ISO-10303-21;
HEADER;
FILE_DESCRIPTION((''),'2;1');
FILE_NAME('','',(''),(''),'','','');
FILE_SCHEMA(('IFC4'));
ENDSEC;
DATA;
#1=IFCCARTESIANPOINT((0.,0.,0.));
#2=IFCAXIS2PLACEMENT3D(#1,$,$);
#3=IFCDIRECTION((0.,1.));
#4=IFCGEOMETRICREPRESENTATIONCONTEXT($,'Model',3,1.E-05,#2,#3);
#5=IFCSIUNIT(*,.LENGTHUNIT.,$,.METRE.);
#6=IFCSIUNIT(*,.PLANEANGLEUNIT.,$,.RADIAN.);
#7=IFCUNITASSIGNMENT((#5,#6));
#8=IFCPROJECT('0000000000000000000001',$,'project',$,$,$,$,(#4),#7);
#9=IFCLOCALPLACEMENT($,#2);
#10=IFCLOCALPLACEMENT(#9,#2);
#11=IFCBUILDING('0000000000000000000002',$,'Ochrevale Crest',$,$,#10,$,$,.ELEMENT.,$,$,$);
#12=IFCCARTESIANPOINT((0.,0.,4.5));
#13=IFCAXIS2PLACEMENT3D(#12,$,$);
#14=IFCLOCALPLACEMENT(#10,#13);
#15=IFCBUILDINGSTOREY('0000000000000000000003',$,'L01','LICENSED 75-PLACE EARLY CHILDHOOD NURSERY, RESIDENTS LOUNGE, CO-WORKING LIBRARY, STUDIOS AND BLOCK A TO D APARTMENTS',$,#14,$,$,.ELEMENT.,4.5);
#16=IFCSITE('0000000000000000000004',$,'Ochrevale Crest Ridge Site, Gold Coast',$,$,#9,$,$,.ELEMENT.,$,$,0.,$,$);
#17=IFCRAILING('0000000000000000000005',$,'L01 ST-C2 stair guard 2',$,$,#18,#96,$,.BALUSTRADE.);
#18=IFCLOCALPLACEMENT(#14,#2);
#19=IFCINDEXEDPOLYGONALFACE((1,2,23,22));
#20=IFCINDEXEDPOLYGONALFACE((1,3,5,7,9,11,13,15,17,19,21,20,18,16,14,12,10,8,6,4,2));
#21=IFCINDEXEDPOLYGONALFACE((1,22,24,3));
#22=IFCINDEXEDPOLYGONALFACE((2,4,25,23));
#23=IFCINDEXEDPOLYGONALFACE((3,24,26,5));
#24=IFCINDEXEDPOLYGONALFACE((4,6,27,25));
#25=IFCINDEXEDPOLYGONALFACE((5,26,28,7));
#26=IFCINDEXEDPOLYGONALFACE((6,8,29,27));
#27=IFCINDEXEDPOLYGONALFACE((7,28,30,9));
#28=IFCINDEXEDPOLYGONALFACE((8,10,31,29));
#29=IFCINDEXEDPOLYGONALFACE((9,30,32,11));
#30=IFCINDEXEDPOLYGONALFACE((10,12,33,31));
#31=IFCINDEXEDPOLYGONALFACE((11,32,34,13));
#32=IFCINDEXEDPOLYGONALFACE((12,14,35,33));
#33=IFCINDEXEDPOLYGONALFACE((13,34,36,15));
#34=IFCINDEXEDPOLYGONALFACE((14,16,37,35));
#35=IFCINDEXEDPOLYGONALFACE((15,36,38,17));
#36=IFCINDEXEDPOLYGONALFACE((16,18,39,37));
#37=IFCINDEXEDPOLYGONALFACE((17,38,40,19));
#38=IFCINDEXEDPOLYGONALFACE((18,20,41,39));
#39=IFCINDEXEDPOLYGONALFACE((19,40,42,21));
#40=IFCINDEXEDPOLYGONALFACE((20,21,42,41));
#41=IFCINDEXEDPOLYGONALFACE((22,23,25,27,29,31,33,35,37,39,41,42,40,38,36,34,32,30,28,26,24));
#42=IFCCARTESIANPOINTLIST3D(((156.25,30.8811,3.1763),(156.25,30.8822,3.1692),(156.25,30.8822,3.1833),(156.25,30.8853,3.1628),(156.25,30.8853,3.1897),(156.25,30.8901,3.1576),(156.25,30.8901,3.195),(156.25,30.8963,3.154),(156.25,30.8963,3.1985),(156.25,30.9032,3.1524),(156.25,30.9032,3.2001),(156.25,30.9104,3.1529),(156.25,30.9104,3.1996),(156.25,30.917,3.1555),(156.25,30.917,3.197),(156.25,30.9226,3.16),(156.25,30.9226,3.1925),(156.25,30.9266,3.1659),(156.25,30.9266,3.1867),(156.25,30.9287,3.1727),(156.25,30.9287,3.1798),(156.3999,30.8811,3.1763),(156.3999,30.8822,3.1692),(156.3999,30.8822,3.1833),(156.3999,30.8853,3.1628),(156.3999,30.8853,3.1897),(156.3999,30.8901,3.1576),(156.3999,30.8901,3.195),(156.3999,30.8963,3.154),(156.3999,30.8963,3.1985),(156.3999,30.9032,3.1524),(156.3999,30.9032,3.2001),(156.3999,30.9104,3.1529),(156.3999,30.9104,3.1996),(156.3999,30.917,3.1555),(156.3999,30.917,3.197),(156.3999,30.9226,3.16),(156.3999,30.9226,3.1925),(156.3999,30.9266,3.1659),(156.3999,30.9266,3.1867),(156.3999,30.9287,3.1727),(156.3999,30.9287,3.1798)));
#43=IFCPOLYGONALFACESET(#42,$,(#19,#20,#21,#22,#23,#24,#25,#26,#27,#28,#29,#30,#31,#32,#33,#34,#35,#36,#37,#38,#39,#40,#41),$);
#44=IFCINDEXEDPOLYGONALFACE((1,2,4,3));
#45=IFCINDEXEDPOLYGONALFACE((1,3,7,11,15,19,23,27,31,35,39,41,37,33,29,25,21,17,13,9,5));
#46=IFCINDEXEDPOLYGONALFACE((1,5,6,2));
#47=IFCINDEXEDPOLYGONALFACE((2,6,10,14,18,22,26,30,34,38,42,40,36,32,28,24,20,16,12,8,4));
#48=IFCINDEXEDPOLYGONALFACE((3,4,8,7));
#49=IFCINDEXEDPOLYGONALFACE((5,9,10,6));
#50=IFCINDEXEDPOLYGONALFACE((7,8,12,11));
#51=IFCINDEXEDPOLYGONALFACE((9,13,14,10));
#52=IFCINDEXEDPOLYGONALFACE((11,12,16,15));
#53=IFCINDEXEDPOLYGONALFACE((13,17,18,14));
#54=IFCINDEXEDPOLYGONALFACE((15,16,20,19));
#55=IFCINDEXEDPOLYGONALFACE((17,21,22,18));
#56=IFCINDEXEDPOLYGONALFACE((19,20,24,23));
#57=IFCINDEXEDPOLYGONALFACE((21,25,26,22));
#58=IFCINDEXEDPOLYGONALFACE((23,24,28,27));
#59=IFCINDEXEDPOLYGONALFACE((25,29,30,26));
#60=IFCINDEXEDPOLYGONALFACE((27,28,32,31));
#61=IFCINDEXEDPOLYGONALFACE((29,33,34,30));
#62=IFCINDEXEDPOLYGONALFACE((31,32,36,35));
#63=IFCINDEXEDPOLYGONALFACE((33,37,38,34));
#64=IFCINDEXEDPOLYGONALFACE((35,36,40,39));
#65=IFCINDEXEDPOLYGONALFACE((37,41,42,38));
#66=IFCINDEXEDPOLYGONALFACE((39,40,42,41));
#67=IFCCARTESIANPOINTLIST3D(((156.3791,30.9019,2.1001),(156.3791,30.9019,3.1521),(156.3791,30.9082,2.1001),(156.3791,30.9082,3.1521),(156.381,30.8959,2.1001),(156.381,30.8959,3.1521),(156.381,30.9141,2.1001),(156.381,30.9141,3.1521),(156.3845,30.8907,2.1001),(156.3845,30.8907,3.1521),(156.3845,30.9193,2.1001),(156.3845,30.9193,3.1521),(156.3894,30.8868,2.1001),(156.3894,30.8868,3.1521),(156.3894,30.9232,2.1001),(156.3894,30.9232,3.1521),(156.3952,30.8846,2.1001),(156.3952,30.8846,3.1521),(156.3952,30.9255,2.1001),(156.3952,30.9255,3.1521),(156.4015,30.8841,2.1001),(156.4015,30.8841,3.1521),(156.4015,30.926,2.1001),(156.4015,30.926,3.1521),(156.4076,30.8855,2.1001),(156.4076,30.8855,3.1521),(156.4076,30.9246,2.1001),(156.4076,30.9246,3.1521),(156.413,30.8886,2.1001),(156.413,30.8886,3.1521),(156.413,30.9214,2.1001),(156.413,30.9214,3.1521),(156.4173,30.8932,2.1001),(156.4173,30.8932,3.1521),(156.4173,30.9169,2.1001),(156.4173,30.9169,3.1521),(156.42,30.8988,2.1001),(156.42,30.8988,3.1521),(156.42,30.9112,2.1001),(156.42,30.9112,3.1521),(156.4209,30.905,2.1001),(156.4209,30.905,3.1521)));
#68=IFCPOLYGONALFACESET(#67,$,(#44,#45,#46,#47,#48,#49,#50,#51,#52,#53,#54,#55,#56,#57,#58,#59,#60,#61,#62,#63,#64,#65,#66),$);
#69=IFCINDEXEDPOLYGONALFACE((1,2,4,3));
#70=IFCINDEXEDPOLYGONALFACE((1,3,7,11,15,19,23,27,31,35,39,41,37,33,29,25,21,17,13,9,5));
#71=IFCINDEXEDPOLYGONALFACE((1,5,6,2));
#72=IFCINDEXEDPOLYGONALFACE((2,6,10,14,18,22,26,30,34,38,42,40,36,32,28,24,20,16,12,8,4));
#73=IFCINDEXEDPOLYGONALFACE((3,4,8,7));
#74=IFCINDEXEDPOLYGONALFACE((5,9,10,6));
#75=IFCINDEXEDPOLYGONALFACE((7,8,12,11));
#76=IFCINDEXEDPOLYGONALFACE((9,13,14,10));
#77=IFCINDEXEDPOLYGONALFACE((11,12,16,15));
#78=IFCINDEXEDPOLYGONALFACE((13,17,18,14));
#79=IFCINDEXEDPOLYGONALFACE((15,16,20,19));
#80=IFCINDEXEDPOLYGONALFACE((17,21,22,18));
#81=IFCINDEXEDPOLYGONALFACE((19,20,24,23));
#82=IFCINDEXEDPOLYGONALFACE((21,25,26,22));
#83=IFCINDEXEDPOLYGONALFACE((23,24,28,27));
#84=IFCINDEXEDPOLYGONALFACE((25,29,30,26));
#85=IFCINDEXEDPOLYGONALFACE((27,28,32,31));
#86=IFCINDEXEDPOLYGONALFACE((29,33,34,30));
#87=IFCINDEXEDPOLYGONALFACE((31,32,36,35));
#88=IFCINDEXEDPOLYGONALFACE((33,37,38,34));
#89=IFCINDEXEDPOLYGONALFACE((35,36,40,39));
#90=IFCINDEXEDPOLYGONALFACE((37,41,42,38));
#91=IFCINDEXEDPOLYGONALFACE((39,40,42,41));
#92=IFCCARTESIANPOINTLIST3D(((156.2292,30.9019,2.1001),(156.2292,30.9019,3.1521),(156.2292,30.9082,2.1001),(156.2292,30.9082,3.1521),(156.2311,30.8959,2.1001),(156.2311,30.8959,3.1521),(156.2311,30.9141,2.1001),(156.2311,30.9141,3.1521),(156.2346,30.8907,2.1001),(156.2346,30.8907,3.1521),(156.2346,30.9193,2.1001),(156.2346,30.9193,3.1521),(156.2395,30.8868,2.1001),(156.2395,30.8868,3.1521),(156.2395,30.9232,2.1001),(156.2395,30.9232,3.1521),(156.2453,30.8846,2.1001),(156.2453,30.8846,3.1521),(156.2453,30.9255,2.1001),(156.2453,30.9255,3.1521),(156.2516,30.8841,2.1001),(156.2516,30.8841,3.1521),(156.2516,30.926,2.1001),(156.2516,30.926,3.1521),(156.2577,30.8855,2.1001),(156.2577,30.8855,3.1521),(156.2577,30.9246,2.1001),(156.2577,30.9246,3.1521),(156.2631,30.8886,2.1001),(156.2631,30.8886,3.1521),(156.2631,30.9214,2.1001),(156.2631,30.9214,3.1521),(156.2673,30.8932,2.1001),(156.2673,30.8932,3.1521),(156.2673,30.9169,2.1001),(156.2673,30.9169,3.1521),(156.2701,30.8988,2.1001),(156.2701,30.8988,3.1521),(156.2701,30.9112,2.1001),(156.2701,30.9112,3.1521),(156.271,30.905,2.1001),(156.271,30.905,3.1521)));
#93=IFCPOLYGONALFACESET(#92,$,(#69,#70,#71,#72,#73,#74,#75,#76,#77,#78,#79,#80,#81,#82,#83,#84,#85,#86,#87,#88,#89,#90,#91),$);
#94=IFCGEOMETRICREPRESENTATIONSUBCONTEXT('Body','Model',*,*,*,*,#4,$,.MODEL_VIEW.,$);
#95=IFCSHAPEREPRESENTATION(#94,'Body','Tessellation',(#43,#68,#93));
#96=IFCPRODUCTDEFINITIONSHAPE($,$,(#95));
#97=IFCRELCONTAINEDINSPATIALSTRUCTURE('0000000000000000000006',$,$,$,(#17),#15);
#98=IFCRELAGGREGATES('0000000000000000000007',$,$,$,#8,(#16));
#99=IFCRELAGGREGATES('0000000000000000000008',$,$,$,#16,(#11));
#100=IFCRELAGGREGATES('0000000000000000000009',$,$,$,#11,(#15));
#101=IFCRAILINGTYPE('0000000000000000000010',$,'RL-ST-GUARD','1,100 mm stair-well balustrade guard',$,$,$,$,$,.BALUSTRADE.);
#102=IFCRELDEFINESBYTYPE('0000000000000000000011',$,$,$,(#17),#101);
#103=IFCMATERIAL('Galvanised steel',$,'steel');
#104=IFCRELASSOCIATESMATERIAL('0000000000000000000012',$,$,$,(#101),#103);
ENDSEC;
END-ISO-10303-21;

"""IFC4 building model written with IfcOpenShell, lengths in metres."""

from ifc_helpers import new_model, si_unit, direction, frame, origin, origin_2d, place, context, subcontext, project, spatial, circle, extrude, material, type_object, element, save


model = new_model("IFC4")

# Units and contexts
model_context = context("Model", 3, precision=1e-05, world=origin(), true_north=direction((0.0, 1.0)))
body_context = subcontext(model_context, "Body", "Model", "MODEL_VIEW")
ifc_project = project(units=[si_unit("LENGTHUNIT", "METRE"), si_unit("PLANEANGLEUNIT", "RADIAN")], contexts=[model_context])

# Site, building, storey
site_placement = place(None, origin())
site = spatial("IfcSite", under=ifc_project, at=site_placement, Name="Ochrevale Crest Ridge Site, Gold Coast", CompositionType="ELEMENT", RefElevation=0.0)
building_placement = place(site_placement, origin())
building = spatial("IfcBuilding", under=site, at=building_placement, Name="Ochrevale Crest", CompositionType="ELEMENT")
storey_placement = place(building_placement, frame((0.0, 0.0, 4.5)))
storey = spatial("IfcBuildingStorey", under=building, at=storey_placement, Name="L01", Description="LICENSED 75-PLACE EARLY CHILDHOOD NURSERY, RESIDENTS LOUNGE, CO-WORKING LIBRARY, STUDIOS AND BLOCK A TO D APARTMENTS", CompositionType="ELEMENT", Elevation=4.5)

# Railing
ifc_material_1 = material(Name="Galvanised steel", Category="steel")
railing_type_1 = type_object("IfcRailingType", Name="RL-ST-GUARD", Description="1,100 mm stair-well balustrade guard", PredefinedType="BALUSTRADE", material=ifc_material_1)
railing_1_placement = place(storey_placement, frame((156.3999, 30.905, 2.1001)))
element("IfcRailing", 1, at=railing_1_placement, inside=storey, type_object=railing_type_1, Name="L01 ST-C2 stair guard 2", PredefinedType="BALUSTRADE", context=body_context, shape_type="SweptSolid", body=[
    extrude(circle(Radius=0.0239, at=origin_2d()), frame((0.0, 0.0, 1.0762), z_axis=(-1.0, 0.0, 0.0), x_axis=(0.0, -1.0, 0.0)), (0.0, 0.0, 1.0), 0.1499),
    extrude(circle(Radius=0.021, at=origin_2d()), origin(), (0.0, 0.0, 1.0), 1.052),
    extrude(circle(Radius=0.021, at=origin_2d()), frame((-0.1499, 0.0, 0.0)), (0.0, 0.0, 1.0), 1.052),
])

save(model, "model.ifc")
